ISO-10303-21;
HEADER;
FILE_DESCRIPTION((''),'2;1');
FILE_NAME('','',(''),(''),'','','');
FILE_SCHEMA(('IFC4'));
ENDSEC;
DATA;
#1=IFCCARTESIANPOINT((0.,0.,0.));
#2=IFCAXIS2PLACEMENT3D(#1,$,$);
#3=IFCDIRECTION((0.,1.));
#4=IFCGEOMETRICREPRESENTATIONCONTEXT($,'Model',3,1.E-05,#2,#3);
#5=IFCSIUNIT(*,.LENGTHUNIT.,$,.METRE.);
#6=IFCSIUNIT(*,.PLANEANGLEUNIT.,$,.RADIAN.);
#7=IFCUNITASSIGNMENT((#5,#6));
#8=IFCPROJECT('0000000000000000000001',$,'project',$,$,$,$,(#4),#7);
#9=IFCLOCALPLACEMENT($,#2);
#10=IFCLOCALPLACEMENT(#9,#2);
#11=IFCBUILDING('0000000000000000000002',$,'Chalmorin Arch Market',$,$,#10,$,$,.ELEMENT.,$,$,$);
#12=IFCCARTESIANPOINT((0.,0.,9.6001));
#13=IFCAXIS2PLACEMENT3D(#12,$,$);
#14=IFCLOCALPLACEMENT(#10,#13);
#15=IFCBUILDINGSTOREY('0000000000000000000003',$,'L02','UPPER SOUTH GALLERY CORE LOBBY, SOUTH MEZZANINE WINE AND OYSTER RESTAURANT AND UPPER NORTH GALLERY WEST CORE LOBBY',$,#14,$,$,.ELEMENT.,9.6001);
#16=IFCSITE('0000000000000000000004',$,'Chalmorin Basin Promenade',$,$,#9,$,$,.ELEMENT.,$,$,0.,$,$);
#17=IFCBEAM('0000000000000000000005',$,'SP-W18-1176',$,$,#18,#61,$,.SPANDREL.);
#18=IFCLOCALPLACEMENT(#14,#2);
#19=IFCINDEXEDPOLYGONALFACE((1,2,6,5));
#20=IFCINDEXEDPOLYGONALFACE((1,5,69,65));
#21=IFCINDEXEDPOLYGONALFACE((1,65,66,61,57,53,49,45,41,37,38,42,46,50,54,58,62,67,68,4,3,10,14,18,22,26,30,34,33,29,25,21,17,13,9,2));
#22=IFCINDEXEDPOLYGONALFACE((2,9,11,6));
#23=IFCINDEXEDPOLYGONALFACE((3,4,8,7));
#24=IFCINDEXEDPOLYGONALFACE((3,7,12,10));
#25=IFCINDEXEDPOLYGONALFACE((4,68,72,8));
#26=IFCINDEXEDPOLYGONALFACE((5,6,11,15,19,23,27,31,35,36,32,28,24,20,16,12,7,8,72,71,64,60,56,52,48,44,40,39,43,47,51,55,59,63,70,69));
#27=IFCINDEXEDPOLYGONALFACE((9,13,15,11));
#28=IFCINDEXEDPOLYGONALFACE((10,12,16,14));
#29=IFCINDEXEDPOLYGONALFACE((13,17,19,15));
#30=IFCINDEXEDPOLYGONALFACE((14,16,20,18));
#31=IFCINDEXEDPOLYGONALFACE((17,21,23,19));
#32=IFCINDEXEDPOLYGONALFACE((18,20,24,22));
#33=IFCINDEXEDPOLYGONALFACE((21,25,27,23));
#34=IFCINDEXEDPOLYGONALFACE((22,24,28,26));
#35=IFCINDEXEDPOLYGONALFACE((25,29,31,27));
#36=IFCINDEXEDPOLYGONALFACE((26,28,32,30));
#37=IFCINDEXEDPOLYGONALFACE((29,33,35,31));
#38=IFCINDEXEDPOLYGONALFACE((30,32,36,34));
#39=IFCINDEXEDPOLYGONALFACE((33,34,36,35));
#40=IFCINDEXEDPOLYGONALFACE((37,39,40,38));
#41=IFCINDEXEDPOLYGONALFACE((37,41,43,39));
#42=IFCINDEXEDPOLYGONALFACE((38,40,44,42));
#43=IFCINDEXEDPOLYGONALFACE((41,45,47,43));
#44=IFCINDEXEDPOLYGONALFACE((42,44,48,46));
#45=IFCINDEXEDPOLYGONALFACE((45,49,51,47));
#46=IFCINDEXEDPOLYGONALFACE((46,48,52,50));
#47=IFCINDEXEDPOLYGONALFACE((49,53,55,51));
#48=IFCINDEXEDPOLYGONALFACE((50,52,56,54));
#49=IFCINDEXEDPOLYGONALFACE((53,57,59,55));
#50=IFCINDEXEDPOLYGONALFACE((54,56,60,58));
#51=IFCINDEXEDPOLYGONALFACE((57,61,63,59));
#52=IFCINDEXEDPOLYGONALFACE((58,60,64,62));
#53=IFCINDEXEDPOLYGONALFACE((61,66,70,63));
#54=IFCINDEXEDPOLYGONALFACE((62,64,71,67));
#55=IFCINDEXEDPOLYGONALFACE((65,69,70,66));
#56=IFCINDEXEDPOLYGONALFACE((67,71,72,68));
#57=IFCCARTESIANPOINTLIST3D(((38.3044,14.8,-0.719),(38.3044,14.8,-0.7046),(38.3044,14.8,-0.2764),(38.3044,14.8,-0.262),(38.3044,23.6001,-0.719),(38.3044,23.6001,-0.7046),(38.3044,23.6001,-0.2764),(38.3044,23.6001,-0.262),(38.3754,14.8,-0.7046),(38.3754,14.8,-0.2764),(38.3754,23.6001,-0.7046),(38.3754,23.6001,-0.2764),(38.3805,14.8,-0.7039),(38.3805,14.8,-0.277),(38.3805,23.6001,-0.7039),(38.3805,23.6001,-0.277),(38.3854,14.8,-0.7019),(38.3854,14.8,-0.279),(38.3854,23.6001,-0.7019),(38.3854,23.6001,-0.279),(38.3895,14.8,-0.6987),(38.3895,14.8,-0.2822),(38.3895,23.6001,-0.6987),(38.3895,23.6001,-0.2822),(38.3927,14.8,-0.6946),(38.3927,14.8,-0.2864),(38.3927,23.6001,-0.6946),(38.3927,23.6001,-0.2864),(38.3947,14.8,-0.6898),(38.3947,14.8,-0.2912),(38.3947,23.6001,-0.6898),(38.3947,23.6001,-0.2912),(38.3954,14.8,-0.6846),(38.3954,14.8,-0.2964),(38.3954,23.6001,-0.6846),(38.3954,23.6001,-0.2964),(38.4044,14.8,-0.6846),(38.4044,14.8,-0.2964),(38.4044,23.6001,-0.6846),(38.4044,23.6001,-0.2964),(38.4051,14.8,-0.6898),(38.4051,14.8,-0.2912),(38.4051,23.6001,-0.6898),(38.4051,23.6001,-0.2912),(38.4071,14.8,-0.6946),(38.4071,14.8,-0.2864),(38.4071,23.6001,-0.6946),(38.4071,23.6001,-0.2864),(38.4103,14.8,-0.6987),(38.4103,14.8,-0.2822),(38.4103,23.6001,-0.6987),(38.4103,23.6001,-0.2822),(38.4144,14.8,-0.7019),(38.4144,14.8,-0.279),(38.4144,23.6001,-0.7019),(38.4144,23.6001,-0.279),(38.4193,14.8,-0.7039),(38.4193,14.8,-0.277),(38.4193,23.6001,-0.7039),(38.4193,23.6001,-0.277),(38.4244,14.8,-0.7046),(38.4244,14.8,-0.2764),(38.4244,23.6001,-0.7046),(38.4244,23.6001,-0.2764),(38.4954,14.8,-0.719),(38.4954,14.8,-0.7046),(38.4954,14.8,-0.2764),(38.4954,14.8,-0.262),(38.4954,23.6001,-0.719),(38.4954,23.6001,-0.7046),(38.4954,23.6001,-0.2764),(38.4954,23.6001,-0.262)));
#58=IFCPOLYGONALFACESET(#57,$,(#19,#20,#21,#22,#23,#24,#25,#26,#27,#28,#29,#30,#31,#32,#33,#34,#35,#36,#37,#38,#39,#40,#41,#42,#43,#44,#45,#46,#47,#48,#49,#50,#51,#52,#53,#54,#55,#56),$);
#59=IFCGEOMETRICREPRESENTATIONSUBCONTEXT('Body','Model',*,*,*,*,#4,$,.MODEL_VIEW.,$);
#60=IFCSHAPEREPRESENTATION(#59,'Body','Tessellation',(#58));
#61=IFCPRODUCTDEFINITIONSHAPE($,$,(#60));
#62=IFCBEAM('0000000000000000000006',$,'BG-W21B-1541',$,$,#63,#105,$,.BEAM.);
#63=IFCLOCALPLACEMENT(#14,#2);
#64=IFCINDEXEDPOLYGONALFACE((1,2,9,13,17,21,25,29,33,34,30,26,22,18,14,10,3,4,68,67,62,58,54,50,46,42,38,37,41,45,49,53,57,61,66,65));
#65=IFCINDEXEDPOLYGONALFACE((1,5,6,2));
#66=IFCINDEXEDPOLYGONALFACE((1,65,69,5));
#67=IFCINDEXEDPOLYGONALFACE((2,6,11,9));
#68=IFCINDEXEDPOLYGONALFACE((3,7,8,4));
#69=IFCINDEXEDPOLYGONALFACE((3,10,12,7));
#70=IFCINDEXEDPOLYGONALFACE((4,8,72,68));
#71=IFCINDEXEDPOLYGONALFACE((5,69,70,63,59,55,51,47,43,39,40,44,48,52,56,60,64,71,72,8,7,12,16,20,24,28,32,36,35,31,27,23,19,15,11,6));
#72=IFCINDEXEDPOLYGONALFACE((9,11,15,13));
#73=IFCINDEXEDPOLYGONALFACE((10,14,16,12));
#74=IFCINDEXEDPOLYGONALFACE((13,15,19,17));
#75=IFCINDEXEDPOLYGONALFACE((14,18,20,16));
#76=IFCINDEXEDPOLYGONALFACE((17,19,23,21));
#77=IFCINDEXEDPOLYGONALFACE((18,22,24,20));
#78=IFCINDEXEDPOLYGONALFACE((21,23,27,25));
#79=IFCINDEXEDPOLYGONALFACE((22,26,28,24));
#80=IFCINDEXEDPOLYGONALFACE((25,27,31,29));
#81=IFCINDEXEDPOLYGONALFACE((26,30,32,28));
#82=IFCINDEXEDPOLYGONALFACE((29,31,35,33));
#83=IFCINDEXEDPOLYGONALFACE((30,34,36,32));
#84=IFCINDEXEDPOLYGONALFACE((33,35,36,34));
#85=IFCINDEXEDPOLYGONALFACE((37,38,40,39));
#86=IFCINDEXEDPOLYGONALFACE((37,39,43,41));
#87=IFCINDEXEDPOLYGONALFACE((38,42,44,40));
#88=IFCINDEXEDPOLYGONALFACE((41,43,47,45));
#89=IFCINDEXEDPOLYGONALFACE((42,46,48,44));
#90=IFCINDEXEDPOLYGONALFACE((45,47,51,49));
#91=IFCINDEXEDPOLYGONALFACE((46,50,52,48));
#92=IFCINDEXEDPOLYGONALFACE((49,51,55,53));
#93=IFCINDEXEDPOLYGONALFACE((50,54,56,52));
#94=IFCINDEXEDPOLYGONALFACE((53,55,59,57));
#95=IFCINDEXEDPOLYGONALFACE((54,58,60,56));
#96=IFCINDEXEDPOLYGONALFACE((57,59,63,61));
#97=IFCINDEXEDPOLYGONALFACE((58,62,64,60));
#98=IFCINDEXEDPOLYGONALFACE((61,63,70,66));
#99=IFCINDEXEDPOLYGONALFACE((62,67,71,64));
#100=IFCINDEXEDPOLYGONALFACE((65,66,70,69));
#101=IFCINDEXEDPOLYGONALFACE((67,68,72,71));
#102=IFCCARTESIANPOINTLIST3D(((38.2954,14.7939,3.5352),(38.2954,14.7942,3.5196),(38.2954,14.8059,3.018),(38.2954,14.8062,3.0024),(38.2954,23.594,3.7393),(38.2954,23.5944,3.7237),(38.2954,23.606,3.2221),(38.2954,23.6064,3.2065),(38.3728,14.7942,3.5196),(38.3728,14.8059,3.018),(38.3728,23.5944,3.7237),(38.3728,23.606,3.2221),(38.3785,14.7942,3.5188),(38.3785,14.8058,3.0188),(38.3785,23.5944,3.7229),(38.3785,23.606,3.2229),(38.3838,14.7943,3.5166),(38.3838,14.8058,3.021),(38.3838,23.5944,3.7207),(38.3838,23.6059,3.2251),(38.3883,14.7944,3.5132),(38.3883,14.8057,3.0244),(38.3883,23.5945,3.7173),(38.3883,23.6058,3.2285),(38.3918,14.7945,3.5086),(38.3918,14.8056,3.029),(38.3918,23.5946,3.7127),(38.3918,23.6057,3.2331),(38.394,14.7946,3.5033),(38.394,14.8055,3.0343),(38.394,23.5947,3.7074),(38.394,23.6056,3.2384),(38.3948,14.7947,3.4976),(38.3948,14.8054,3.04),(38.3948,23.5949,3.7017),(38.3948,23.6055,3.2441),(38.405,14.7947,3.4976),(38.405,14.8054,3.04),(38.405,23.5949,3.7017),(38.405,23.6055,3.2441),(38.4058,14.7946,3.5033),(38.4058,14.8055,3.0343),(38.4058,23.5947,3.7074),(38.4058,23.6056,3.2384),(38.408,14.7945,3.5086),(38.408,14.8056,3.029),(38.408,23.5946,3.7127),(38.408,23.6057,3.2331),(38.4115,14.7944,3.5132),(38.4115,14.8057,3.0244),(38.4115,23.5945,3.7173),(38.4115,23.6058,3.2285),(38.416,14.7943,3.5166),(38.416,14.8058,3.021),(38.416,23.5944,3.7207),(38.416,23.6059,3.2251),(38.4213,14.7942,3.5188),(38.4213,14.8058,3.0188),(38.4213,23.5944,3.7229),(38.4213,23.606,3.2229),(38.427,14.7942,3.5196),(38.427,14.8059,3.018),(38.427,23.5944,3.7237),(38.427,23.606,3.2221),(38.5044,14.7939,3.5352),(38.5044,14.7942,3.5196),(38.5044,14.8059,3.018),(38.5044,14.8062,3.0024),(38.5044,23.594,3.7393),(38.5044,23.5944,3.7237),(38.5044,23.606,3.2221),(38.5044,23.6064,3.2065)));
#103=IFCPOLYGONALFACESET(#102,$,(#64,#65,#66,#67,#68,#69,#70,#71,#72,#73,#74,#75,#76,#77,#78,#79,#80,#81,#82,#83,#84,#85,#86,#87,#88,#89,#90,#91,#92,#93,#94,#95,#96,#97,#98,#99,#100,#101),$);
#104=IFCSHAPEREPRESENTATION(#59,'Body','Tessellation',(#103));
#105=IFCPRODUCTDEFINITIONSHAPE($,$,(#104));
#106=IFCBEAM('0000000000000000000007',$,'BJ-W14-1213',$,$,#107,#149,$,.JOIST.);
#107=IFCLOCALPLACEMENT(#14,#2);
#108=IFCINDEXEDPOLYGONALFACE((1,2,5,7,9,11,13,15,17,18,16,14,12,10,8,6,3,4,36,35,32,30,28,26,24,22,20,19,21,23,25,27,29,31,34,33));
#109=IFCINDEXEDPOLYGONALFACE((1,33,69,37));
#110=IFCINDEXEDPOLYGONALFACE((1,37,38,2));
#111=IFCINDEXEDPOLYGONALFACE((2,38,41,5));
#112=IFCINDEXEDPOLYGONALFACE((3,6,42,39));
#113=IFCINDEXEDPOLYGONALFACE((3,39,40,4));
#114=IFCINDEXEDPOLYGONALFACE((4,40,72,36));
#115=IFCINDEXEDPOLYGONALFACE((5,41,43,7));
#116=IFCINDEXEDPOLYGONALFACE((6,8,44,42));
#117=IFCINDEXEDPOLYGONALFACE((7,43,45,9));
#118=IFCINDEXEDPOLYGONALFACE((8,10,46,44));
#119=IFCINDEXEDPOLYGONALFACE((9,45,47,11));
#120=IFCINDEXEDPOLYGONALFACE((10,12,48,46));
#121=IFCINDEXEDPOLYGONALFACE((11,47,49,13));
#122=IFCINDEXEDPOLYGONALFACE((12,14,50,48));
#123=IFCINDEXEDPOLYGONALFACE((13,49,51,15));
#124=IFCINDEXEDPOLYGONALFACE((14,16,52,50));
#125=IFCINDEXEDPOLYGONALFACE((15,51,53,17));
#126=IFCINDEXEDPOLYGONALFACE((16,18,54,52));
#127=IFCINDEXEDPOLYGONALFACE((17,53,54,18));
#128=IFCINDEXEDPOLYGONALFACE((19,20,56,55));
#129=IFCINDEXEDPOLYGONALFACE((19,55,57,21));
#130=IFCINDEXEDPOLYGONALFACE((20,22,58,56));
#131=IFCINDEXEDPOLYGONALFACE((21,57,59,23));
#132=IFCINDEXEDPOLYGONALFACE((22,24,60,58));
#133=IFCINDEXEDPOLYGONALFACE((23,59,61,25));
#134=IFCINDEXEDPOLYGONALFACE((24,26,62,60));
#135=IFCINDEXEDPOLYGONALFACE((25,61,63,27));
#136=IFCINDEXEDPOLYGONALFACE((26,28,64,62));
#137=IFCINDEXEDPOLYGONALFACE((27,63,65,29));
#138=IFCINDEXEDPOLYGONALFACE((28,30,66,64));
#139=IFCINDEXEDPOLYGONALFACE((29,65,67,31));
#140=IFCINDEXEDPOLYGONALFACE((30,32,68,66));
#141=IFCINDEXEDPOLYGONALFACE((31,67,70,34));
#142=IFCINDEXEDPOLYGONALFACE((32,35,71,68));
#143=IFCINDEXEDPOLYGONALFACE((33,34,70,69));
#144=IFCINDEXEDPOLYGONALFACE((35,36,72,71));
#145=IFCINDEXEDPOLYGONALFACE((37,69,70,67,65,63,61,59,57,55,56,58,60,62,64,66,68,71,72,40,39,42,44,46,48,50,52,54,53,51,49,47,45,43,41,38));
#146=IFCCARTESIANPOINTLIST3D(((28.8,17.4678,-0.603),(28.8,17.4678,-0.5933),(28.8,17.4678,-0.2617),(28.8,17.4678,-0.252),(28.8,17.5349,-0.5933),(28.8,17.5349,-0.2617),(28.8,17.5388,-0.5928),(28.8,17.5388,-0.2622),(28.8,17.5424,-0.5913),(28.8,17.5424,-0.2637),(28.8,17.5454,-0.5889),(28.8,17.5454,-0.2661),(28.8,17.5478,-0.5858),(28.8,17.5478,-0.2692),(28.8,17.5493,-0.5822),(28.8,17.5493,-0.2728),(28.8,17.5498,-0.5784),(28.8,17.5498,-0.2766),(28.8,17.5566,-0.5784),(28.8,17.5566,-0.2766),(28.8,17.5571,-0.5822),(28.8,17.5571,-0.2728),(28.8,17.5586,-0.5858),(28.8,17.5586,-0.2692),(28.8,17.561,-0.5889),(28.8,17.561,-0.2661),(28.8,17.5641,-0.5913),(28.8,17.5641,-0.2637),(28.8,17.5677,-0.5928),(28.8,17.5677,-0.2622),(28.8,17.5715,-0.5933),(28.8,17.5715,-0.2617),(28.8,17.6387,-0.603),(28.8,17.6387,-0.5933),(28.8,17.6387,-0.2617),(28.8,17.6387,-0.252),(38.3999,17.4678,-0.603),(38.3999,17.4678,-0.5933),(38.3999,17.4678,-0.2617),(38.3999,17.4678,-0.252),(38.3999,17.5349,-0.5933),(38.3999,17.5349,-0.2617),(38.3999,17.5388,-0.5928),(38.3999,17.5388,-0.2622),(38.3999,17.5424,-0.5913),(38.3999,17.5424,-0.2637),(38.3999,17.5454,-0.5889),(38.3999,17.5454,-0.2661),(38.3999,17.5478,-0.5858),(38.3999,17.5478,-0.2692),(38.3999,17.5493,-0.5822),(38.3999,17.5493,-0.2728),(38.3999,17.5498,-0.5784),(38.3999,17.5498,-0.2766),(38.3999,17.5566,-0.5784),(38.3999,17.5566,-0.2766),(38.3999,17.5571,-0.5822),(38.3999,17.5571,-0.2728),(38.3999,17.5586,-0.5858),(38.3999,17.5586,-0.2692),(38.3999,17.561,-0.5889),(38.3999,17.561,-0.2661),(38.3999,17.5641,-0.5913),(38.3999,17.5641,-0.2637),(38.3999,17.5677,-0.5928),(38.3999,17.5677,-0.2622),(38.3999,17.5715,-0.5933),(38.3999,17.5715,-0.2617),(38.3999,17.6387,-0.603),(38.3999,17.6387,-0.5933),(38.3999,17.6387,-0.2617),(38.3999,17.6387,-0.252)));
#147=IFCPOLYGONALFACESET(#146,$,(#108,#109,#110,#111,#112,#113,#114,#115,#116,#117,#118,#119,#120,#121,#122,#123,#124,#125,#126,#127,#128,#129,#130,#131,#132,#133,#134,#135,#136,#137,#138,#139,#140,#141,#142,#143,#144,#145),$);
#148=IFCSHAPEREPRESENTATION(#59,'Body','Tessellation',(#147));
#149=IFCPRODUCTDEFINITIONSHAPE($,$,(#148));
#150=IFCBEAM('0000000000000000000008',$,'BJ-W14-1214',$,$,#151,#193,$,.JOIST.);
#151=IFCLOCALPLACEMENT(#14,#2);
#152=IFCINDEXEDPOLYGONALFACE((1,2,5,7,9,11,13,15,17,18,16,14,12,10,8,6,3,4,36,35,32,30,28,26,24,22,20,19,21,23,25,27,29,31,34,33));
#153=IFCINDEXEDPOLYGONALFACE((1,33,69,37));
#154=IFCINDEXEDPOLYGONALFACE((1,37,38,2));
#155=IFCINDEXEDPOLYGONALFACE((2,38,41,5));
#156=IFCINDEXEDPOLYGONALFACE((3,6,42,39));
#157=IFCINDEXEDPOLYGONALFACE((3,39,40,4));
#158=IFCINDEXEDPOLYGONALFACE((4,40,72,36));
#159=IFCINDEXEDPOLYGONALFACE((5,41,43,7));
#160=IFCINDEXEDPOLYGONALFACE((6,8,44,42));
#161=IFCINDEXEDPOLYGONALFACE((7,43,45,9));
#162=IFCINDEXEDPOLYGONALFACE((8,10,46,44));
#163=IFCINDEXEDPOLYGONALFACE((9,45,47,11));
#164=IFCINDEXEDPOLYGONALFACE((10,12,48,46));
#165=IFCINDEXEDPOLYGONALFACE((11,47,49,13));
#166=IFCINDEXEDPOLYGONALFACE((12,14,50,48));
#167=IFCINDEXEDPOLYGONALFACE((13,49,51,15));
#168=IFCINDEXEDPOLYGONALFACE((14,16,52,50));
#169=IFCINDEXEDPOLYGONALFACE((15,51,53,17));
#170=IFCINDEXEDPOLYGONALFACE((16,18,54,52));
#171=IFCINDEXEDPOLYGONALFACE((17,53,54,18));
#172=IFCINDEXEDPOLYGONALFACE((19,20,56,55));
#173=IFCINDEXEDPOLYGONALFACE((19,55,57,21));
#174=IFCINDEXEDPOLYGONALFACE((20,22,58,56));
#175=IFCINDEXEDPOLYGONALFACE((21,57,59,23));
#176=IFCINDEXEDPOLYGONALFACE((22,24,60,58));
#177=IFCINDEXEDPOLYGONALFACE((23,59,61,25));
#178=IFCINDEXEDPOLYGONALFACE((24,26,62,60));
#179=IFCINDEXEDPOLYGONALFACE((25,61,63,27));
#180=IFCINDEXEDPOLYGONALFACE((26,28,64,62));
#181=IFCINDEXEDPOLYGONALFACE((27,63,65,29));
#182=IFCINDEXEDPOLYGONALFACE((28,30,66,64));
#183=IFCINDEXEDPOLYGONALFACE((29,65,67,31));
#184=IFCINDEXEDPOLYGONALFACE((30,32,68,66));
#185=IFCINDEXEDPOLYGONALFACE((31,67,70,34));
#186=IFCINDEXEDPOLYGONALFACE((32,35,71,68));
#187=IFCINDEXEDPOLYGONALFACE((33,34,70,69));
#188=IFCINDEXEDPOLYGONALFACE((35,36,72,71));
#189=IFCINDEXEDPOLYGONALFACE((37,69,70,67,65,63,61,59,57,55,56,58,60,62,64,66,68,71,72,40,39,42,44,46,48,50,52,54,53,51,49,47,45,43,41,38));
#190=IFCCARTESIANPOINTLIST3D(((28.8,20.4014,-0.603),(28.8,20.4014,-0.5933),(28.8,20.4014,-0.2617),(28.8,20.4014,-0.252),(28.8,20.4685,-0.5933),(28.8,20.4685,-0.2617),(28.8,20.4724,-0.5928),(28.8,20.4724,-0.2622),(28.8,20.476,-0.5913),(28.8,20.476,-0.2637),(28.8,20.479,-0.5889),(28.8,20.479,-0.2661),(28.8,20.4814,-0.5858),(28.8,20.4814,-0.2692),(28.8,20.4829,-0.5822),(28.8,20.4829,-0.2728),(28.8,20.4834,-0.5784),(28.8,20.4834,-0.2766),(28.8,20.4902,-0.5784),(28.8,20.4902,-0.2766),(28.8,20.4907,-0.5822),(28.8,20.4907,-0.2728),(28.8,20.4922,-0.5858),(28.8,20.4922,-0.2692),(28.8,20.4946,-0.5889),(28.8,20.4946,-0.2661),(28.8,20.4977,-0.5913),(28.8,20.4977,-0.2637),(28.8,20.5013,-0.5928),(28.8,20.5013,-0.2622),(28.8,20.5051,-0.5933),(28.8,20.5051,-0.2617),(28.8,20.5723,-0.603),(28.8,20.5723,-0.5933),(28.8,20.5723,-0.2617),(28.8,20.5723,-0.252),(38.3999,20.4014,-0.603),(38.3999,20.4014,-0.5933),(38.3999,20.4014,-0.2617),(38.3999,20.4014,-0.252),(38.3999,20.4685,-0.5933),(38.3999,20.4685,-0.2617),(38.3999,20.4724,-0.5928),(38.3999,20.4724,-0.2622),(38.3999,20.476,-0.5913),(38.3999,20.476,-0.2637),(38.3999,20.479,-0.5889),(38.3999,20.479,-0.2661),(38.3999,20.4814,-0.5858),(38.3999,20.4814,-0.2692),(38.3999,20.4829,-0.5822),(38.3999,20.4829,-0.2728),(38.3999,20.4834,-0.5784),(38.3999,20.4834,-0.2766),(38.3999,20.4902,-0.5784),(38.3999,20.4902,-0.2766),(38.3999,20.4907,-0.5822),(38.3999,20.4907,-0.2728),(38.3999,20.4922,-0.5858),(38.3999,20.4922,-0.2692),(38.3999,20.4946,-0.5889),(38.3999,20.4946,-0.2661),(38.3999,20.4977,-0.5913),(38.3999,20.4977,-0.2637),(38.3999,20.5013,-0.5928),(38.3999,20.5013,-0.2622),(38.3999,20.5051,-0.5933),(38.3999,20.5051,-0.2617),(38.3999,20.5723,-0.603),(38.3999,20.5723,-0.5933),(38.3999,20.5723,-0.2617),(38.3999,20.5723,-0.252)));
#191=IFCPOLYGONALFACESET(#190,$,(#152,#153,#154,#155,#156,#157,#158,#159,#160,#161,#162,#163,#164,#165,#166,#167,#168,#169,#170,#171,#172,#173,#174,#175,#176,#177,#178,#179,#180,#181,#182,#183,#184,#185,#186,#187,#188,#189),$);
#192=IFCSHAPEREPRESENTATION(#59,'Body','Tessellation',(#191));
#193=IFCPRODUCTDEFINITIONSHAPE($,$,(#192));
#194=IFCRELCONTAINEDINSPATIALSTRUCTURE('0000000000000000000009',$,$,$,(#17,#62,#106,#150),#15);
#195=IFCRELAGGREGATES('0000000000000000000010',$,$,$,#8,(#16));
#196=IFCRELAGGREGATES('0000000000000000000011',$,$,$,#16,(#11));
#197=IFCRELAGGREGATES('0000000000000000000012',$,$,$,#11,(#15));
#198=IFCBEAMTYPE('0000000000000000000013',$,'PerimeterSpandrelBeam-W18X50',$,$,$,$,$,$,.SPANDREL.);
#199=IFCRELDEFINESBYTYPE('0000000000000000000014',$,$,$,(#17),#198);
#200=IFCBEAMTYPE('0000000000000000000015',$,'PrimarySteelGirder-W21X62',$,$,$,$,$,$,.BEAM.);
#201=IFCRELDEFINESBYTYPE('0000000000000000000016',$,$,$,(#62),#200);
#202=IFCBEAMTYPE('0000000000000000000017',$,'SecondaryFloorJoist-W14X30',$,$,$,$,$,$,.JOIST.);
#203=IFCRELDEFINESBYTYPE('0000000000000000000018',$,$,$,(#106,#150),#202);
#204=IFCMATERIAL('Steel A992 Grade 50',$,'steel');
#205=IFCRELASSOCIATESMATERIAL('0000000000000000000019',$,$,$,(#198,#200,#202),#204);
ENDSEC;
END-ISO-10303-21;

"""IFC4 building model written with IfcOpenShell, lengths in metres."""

from ifc_helpers import new_model, si_unit, direction, frame, origin, origin_2d, place, context, subcontext, project, spatial, i_section, extrude, material, material_profile, profile_set, type_object, element, save


model = new_model("IFC4")

# Units and contexts
model_context = context("Model", 3, precision=1e-05, world=origin(), true_north=direction((0.0, 1.0)))
body_context = subcontext(model_context, "Body", "Model", "MODEL_VIEW")
ifc_project = project(units=[si_unit("LENGTHUNIT", "METRE"), si_unit("PLANEANGLEUNIT", "RADIAN")], contexts=[model_context])

# Site, building, storey
site_placement = place(None, origin())
site = spatial("IfcSite", under=ifc_project, at=site_placement, Name="Chalmorin Basin Promenade", CompositionType="ELEMENT", RefElevation=0.0)
building_placement = place(site_placement, origin())
building = spatial("IfcBuilding", under=site, at=building_placement, Name="Chalmorin Arch Market", CompositionType="ELEMENT")
storey_placement = place(building_placement, frame((0.0, 0.0, 9.6001)))
storey = spatial("IfcBuildingStorey", under=building, at=storey_placement, Name="L02", Description="UPPER SOUTH GALLERY CORE LOBBY, SOUTH MEZZANINE WINE AND OYSTER RESTAURANT AND UPPER NORTH GALLERY WEST CORE LOBBY", CompositionType="ELEMENT", Elevation=9.6001)

# Beams
ifc_material_1 = material(Name="Steel A992 Grade 50", Category="steel")
ifc_material_profile_1 = material_profile(ifc_material_1, i_section(OverallWidth=0.1909, OverallDepth=0.457, WebThickness=0.009, FlangeThickness=0.0144, FilletRadius=0.02, at=origin_2d()), Name="W18X50")
ifc_profile_set_1 = profile_set([ifc_material_profile_1], Name="Steel A992 Grade 50")
beam_type_1 = type_object("IfcBeamType", Name="PerimeterSpandrelBeam-W18X50", PredefinedType="SPANDREL", material=ifc_profile_set_1)
for number, where, z_axis, x_axis, name in (
    (1, (38.3999, 14.8, -0.4905), (0.0, 1.0, 0.0), (-1.0, 0.0, 0.0), "SP-W18-1176"),
):
    element("IfcBeam", number, at=place(storey_placement, frame(where, z_axis=z_axis, x_axis=x_axis)), inside=storey, type_object=beam_type_1, Name=name, PredefinedType="SPANDREL", context=body_context, shape_type="SweptSolid", body=[
        extrude(i_section(OverallWidth=0.1909, OverallDepth=0.457, WebThickness=0.009, FlangeThickness=0.0144, FilletRadius=0.02, at=origin_2d()), origin(), (0.0, 0.0, 1.0), 8.8),
    ])
ifc_material_profile_2 = material_profile(ifc_material_1, i_section(OverallWidth=0.209, OverallDepth=0.533, WebThickness=0.0103, FlangeThickness=0.0156, FilletRadius=0.022, at=origin_2d()), Name="W21X62")
ifc_profile_set_2 = profile_set([ifc_material_profile_2], Name="Steel A992 Grade 50")
beam_type_2 = type_object("IfcBeamType", Name="PrimarySteelGirder-W21X62", PredefinedType="BEAM", material=ifc_profile_set_2)
beam_1_placement = place(storey_placement, frame((38.3999, 14.8, 3.2688), z_axis=(0.0, 0.999731, 0.023187), x_axis=(-1.0, 0.0, 0.0)))
element("IfcBeam", 2, at=beam_1_placement, inside=storey, type_object=beam_type_2, Name="BG-W21B-1541", PredefinedType="BEAM", context=body_context, shape_type="SweptSolid", body=[
    extrude(i_section(OverallWidth=0.209, OverallDepth=0.533, WebThickness=0.0103, FlangeThickness=0.0156, FilletRadius=0.022, at=origin_2d()), origin(), (0.0, 0.0, 1.0), 8.8025),
])
ifc_material_profile_3 = material_profile(ifc_material_1, i_section(OverallWidth=0.1709, OverallDepth=0.3511, WebThickness=0.0068, FlangeThickness=0.0098, FilletRadius=0.0149, at=origin_2d()), Name="W14X30")
ifc_profile_set_3 = profile_set([ifc_material_profile_3], Name="Steel A992 Grade 50")
beam_type_3 = type_object("IfcBeamType", Name="SecondaryFloorJoist-W14X30", PredefinedType="JOIST", material=ifc_profile_set_3)
for number, where, z_axis, x_axis, name in (
    (3, (28.8, 17.5532, -0.4275), (1.0, 0.0, 0.0), (0.0, 1.0, 0.0), "BJ-W14-1213"),
    (4, (28.8, 20.4868, -0.4275), (1.0, 0.0, 0.0), (0.0, 1.0, 0.0), "BJ-W14-1214"),
):
    element("IfcBeam", number, at=place(storey_placement, frame(where, z_axis=z_axis, x_axis=x_axis)), inside=storey, type_object=beam_type_3, Name=name, PredefinedType="JOIST", context=body_context, shape_type="SweptSolid", body=[
        extrude(i_section(OverallWidth=0.1709, OverallDepth=0.3511, WebThickness=0.0068, FlangeThickness=0.0098, FilletRadius=0.0149, at=origin_2d()), origin(), (0.0, 0.0, 1.0), 9.5999),
    ])

save(model, "model.ifc")
